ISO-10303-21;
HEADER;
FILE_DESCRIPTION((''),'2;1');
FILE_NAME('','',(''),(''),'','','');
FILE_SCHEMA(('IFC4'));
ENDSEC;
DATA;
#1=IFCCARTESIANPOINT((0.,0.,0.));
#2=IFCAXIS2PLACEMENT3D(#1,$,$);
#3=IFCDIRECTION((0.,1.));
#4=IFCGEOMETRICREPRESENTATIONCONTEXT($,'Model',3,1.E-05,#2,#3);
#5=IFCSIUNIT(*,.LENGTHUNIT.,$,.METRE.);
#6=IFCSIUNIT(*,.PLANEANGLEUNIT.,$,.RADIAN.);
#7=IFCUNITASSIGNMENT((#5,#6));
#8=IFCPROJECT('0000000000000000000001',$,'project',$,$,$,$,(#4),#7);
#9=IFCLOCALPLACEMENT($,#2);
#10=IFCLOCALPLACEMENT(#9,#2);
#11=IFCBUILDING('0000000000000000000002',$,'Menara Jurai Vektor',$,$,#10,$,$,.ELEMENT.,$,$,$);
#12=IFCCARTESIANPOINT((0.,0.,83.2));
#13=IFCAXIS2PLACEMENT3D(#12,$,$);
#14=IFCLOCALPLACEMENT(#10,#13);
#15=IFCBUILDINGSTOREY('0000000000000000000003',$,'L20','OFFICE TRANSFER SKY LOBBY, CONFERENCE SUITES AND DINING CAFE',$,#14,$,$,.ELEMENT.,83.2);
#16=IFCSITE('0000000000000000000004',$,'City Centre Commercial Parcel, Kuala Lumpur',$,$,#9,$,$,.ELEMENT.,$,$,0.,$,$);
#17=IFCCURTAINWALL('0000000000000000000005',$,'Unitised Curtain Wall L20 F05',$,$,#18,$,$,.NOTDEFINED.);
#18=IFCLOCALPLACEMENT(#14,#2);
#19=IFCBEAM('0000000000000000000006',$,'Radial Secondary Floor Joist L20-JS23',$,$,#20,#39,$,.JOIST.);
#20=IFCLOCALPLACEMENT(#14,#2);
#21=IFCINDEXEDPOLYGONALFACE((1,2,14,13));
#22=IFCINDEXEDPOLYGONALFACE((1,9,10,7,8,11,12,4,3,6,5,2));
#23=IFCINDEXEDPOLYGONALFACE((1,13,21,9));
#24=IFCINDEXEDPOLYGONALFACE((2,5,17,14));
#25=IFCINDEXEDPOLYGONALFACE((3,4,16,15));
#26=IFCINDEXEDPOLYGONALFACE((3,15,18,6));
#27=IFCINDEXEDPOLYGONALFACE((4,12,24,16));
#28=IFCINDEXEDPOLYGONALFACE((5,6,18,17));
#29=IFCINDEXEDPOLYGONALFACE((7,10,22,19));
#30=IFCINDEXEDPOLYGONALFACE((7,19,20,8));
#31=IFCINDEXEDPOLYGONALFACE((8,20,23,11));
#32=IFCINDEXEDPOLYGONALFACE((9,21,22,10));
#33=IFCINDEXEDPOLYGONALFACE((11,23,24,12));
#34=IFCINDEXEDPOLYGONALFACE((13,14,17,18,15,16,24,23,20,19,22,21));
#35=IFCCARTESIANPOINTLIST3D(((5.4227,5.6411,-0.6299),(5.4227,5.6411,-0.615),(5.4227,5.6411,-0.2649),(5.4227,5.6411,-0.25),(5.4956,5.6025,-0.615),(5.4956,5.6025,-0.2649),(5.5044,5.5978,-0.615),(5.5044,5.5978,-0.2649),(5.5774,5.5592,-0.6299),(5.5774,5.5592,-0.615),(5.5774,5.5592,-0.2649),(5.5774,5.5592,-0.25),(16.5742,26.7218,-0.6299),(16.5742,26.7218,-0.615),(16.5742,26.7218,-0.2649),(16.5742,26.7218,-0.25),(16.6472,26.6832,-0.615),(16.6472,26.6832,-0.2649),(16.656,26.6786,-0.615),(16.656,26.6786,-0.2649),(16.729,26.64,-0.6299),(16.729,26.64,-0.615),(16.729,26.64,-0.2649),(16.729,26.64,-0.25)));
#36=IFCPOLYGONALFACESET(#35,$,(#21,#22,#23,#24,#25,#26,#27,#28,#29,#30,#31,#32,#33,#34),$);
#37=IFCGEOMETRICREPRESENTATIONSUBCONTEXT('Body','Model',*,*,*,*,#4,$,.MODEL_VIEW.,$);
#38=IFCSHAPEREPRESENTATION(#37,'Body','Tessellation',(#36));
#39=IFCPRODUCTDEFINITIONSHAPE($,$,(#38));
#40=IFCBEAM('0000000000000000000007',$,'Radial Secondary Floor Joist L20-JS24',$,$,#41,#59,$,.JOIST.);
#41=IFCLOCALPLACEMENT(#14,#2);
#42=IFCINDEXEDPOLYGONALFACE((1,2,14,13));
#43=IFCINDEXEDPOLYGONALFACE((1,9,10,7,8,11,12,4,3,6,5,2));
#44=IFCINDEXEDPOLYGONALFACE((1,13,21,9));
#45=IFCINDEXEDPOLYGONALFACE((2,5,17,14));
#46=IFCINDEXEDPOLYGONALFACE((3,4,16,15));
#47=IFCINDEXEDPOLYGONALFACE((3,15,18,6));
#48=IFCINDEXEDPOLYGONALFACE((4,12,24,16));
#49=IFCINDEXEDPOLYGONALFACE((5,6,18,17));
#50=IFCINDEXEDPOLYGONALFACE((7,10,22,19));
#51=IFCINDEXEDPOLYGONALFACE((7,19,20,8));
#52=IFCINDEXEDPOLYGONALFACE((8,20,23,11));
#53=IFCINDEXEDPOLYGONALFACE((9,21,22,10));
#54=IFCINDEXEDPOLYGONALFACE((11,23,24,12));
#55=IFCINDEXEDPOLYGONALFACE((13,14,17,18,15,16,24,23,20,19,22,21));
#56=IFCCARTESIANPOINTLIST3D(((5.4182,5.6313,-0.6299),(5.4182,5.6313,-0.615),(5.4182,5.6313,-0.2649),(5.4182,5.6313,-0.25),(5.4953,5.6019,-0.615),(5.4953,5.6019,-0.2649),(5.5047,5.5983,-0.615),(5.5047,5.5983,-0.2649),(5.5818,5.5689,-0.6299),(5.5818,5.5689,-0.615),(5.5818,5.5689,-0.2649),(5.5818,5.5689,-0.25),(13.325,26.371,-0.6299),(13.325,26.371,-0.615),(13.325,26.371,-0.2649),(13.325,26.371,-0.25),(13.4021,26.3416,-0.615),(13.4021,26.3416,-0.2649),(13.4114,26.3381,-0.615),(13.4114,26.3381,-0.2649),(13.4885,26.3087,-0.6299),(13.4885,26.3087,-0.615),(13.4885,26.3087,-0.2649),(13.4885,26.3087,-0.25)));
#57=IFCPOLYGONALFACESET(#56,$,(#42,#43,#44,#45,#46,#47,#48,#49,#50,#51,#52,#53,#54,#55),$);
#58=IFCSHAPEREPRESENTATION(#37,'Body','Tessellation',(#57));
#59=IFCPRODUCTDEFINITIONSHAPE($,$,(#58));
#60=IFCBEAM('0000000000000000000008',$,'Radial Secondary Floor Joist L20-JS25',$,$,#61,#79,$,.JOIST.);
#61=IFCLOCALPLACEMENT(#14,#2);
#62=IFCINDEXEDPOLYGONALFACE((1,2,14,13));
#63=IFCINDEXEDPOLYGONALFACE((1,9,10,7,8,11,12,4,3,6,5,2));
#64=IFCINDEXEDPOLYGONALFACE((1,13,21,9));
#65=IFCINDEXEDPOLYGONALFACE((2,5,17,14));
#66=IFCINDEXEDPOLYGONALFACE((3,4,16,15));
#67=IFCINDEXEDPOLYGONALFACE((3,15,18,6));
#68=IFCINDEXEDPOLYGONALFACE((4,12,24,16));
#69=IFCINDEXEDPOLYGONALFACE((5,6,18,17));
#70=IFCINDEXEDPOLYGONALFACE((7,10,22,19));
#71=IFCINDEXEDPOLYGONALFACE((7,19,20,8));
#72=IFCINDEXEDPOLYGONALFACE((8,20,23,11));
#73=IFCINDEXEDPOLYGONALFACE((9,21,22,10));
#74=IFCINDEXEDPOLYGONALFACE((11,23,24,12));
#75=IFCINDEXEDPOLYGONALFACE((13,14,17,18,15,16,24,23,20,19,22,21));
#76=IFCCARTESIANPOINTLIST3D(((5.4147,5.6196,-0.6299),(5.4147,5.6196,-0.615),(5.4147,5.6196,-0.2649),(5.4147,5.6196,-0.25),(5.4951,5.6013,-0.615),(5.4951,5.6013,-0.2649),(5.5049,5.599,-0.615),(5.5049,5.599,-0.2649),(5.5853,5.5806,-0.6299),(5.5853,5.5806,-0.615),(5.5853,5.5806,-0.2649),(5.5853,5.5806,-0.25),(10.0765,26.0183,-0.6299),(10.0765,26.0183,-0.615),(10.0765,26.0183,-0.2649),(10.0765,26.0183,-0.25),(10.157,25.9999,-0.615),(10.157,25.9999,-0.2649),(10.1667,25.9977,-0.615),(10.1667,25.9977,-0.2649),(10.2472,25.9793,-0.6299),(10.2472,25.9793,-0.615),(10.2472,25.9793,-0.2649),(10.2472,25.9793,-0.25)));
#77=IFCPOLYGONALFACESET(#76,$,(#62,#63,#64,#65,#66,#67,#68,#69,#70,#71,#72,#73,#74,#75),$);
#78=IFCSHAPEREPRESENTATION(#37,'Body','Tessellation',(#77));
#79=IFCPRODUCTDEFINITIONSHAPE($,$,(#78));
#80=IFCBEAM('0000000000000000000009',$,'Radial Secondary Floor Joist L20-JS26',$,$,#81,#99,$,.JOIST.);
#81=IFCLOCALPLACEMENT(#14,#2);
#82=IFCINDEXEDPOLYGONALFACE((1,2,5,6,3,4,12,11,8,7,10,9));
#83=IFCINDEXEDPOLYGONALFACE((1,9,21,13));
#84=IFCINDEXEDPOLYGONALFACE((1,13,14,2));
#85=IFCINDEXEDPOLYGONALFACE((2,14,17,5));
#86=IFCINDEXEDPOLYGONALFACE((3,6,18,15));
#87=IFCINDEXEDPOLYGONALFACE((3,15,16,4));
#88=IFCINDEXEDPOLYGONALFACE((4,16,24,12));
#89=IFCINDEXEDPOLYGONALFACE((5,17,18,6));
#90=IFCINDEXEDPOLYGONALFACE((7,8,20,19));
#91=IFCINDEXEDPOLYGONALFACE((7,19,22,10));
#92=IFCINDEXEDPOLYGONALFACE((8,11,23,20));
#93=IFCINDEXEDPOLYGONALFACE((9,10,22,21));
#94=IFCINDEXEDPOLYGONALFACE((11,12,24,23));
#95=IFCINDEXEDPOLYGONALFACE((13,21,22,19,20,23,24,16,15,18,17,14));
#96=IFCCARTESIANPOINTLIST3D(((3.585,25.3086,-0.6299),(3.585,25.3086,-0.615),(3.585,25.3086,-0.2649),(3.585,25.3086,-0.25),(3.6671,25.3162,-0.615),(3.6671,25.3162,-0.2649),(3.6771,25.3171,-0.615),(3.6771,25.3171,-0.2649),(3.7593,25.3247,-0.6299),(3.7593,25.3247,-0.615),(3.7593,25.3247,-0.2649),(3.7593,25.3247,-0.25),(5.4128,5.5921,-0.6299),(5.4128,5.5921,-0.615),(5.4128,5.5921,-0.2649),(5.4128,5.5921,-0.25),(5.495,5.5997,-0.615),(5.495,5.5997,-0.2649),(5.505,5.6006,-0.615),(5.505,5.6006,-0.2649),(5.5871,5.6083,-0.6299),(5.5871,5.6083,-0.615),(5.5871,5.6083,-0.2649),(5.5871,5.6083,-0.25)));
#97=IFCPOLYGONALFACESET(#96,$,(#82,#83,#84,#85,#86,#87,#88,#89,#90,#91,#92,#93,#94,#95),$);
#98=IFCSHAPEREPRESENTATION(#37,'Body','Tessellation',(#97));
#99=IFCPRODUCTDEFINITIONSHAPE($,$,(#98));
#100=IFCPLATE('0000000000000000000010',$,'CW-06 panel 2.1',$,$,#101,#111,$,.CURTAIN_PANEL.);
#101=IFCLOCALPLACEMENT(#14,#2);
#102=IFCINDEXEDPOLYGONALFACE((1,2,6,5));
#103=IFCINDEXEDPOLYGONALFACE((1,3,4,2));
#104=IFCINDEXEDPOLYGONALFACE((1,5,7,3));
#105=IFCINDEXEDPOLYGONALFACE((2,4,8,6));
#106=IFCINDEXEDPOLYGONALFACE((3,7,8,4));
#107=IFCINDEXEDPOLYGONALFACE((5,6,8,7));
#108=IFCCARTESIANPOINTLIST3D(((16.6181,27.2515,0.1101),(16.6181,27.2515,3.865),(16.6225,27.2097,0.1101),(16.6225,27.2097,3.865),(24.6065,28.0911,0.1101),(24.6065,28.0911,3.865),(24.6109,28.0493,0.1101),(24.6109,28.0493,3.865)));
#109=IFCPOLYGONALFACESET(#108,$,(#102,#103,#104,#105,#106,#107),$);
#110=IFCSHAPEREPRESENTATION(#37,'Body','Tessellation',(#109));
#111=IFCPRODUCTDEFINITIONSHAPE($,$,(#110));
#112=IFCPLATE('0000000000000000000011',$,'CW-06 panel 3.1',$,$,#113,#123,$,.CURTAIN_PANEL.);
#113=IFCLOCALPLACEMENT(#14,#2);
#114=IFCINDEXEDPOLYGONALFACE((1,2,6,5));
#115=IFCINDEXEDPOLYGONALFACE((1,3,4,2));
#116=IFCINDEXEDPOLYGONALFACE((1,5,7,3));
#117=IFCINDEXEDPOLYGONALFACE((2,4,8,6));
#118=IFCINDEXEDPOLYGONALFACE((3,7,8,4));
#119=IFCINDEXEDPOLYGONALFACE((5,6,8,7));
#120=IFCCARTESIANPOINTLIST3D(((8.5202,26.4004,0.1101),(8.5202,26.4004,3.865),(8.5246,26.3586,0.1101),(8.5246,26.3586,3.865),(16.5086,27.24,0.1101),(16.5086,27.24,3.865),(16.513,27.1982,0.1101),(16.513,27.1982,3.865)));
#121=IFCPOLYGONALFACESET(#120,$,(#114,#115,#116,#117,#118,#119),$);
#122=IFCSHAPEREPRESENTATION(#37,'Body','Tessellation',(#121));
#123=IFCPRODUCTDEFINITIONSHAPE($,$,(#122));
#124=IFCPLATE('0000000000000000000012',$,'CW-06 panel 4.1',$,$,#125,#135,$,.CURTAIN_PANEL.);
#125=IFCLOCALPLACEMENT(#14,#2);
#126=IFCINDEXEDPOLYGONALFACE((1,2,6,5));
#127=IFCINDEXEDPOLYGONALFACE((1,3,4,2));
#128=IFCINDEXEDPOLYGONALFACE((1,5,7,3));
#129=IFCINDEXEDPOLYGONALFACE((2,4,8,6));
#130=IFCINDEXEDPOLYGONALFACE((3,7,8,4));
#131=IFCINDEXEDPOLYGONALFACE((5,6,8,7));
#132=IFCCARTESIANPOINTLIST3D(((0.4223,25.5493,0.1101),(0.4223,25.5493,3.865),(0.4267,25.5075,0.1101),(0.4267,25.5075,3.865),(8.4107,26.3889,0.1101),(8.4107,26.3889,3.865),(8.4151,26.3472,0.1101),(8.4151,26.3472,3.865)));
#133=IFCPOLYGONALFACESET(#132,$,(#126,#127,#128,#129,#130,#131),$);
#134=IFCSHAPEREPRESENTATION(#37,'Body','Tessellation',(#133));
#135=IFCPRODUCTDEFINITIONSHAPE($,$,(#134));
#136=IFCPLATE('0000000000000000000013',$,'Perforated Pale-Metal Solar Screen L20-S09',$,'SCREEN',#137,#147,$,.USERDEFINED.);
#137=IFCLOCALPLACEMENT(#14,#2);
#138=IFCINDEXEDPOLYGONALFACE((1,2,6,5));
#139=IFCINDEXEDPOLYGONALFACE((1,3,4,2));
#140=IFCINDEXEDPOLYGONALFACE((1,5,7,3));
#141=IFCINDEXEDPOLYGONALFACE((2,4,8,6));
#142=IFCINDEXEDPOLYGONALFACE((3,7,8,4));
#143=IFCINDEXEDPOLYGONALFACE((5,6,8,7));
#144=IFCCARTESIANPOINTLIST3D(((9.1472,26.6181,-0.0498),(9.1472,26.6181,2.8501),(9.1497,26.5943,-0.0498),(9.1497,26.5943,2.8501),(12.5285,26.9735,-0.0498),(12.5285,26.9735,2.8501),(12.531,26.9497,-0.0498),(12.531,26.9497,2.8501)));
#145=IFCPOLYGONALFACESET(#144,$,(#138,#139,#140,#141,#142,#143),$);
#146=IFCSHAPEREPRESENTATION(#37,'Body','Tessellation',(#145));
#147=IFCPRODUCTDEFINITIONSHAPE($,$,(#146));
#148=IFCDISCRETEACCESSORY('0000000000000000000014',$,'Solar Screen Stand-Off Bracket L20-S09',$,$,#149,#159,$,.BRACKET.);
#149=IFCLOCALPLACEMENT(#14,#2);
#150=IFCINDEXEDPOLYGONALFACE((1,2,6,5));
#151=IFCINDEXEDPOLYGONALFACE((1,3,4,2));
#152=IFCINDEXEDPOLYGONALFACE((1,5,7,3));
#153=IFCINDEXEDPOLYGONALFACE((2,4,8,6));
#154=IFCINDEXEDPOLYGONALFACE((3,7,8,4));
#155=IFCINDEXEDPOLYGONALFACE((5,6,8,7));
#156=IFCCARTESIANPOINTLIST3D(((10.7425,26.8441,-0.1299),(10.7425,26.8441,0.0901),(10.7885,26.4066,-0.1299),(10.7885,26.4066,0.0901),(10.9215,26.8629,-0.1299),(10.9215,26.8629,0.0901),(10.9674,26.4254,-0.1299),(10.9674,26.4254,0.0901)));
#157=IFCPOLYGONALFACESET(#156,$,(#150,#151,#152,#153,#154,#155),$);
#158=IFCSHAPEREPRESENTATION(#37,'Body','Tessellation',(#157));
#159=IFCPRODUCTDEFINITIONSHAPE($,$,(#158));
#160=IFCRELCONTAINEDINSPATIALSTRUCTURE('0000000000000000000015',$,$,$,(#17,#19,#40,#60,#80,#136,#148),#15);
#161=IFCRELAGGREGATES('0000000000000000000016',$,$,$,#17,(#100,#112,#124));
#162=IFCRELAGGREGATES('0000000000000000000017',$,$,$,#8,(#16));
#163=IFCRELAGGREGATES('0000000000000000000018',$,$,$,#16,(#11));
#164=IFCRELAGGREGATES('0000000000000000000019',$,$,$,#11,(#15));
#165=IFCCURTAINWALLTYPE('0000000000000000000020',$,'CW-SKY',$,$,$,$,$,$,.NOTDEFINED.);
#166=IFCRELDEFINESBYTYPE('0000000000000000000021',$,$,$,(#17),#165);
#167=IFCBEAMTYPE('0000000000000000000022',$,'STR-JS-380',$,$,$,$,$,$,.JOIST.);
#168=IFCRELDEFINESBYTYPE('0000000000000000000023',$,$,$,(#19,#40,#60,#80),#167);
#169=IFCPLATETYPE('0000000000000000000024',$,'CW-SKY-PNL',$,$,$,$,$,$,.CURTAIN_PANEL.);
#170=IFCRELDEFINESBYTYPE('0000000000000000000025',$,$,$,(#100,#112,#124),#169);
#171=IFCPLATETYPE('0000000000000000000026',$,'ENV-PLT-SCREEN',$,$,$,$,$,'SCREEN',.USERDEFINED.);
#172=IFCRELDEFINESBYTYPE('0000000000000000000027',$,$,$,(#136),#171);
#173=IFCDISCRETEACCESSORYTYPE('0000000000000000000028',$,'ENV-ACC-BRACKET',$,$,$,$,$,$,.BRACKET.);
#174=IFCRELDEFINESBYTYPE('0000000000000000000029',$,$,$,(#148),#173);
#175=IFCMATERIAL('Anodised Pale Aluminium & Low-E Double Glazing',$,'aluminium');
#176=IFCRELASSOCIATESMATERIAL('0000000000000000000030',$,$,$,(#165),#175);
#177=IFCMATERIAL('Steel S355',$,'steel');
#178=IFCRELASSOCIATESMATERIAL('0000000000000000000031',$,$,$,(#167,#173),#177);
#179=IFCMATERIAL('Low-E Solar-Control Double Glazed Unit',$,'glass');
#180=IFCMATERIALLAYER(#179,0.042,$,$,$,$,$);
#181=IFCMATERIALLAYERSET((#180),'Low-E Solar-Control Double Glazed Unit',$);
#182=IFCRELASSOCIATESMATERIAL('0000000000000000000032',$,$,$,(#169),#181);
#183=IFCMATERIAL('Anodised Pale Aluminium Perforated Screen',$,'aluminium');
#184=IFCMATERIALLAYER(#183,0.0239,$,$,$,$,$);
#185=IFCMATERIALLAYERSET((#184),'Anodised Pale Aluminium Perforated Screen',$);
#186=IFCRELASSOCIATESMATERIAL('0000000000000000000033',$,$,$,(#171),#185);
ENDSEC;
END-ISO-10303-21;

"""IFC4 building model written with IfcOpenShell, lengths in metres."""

from ifc_helpers import new_model, si_unit, direction, frame, origin, origin_2d, place, context, subcontext, project, spatial, rectangle, i_section, extrude, material, layer, layer_set, material_profile, profile_set, type_object, element, aggregate, save


model = new_model("IFC4")

# Units and contexts
model_context = context("Model", 3, precision=1e-05, world=origin(), true_north=direction((0.0, 1.0)))
body_context = subcontext(model_context, "Body", "Model", "MODEL_VIEW")
ifc_project = project(units=[si_unit("LENGTHUNIT", "METRE"), si_unit("PLANEANGLEUNIT", "RADIAN")], contexts=[model_context])

# Site, building, storey
site_placement = place(None, origin())
site = spatial("IfcSite", under=ifc_project, at=site_placement, Name="City Centre Commercial Parcel, Kuala Lumpur", CompositionType="ELEMENT", RefElevation=0.0)
building_placement = place(site_placement, origin())
building = spatial("IfcBuilding", under=site, at=building_placement, Name="Menara Jurai Vektor", CompositionType="ELEMENT")
storey_placement = place(building_placement, frame((0.0, 0.0, 83.2)))
storey = spatial("IfcBuildingStorey", under=building, at=storey_placement, Name="L20", Description="OFFICE TRANSFER SKY LOBBY, CONFERENCE SUITES AND DINING CAFE", CompositionType="ELEMENT", Elevation=83.2)

# Curtain wall
ifc_material_1 = material(Name="Anodised Pale Aluminium & Low-E Double Glazing", Category="aluminium")
curtain_wall_type = type_object("IfcCurtainWallType", Name="CW-SKY", PredefinedType="NOTDEFINED", material=ifc_material_1)
curtain_wall_placement = place(storey_placement, origin())
curtain_wall = element("IfcCurtainWall", 1, at=curtain_wall_placement, inside=storey, type_object=curtain_wall_type, Name="Unitised Curtain Wall L20 F05", PredefinedType="NOTDEFINED")

# Beams
ifc_material_2 = material(Name="Steel S355", Category="steel")
ifc_material_profile_1 = material_profile(ifc_material_2, i_section(OverallWidth=0.175, OverallDepth=0.3799, WebThickness=0.01, FlangeThickness=0.0149, at=origin_2d()), Name="PG 380x175x58")
ifc_profile_set_1 = profile_set([ifc_material_profile_1], Name="Steel S355")
beam_type_1 = type_object("IfcBeamType", Name="STR-JS-380", PredefinedType="JOIST", material=ifc_profile_set_1)
beam_1_placement = place(storey_placement, frame((16.6516, 26.6809, -0.4399), z_axis=(-0.467599, -0.883941, 0.0), x_axis=(0.883941, -0.467599, 0.0)))
element("IfcBeam", 2, at=beam_1_placement, inside=storey, type_object=beam_type_1, Name="Radial Secondary Floor Joist L20-JS23", PredefinedType="JOIST", context=body_context, shape_type="SweptSolid", body=[
    extrude(i_section(OverallWidth=0.175, OverallDepth=0.3799, WebThickness=0.01, FlangeThickness=0.0149, at=origin_2d()), origin(), (0.0, 0.0, 1.0), 23.8486),
])
beam_2_placement = place(storey_placement, frame((13.4067, 26.3398, -0.4399), z_axis=(-0.356227, -0.9344, 0.0), x_axis=(0.9344, -0.356227, 0.0)))
element("IfcBeam", 3, at=beam_2_placement, inside=storey, type_object=beam_type_1, Name="Radial Secondary Floor Joist L20-JS24", PredefinedType="JOIST", context=body_context, shape_type="SweptSolid", body=[
    extrude(i_section(OverallWidth=0.175, OverallDepth=0.3799, WebThickness=0.01, FlangeThickness=0.0149, at=origin_2d()), origin(), (0.0, 0.0, 1.0), 22.1958),
])
beam_3_placement = place(storey_placement, frame((10.1619, 25.9988, -0.4399), z_axis=(-0.222793, -0.974866, 0.0), x_axis=(0.974866, -0.222793, 0.0)))
element("IfcBeam", 4, at=beam_3_placement, inside=storey, type_object=beam_type_1, Name="Radial Secondary Floor Joist L20-JS25", PredefinedType="JOIST", context=body_context, shape_type="SweptSolid", body=[
    extrude(i_section(OverallWidth=0.175, OverallDepth=0.3799, WebThickness=0.01, FlangeThickness=0.0149, at=origin_2d()), origin(), (0.0, 0.0, 1.0), 20.9246),
])
beam_4_placement = place(storey_placement, frame((3.6721, 25.3167, -0.4399), z_axis=(0.092312, -0.99573, 0.0), x_axis=(0.99573, 0.092312, 0.0)))
element("IfcBeam", 5, at=beam_4_placement, inside=storey, type_object=beam_type_1, Name="Radial Secondary Floor Joist L20-JS26", PredefinedType="JOIST", context=body_context, shape_type="SweptSolid", body=[
    extrude(i_section(OverallWidth=0.175, OverallDepth=0.3799, WebThickness=0.01, FlangeThickness=0.0149, at=origin_2d()), origin(), (0.0, 0.0, 1.0), 19.801),
])

# Plates
ifc_material_3 = material(Name="Low-E Solar-Control Double Glazed Unit", Category="glass")
ifc_layer_1 = layer(ifc_material_3, 0.042)
ifc_layer_set_1 = layer_set([ifc_layer_1], Name="Low-E Solar-Control Double Glazed Unit")
plate_type_1 = type_object("IfcPlateType", Name="CW-SKY-PNL", PredefinedType="CURTAIN_PANEL", material=ifc_layer_set_1)
plate_1_placement = place(storey_placement, frame((20.6145, 27.6504, 0.1101), z_axis=(0.0, 0.0, 1.0), x_axis=(-0.994522, -0.104529, 0.0)))
plate_1 = element("IfcPlate", 6, at=plate_1_placement, type_object=plate_type_1, Name="CW-06 panel 2.1", PredefinedType="CURTAIN_PANEL", context=body_context, shape_type="SweptSolid", body=[
    extrude(rectangle(XDim=8.0325, YDim=0.042, at=origin_2d()), origin(), (0.0, 0.0, 1.0), 3.7549),
])
plate_2_placement = place(storey_placement, frame((12.5166, 26.7993, 0.1101), z_axis=(0.0, 0.0, 1.0), x_axis=(-0.994522, -0.104529, 0.0)))
plate_2 = element("IfcPlate", 7, at=plate_2_placement, type_object=plate_type_1, Name="CW-06 panel 3.1", PredefinedType="CURTAIN_PANEL", context=body_context, shape_type="SweptSolid", body=[
    extrude(rectangle(XDim=8.0325, YDim=0.042, at=origin_2d()), origin(), (0.0, 0.0, 1.0), 3.7549),
])
plate_3_placement = place(storey_placement, frame((4.4187, 25.9482, 0.1101), z_axis=(0.0, 0.0, 1.0), x_axis=(-0.994522, -0.104529, 0.0)))
plate_3 = element("IfcPlate", 8, at=plate_3_placement, type_object=plate_type_1, Name="CW-06 panel 4.1", PredefinedType="CURTAIN_PANEL", context=body_context, shape_type="SweptSolid", body=[
    extrude(rectangle(XDim=8.0325, YDim=0.042, at=origin_2d()), origin(), (0.0, 0.0, 1.0), 3.7549),
])
aggregate(curtain_wall, [plate_1, plate_2, plate_3])
ifc_material_4 = material(Name="Anodised Pale Aluminium Perforated Screen", Category="aluminium")
ifc_layer_2 = layer(ifc_material_4, 0.0239)
ifc_layer_set_2 = layer_set([ifc_layer_2], Name="Anodised Pale Aluminium Perforated Screen")
plate_type_2 = type_object("IfcPlateType", Name="ENV-PLT-SCREEN", ElementType="SCREEN", PredefinedType="USERDEFINED", material=ifc_layer_set_2)
plate_4_placement = place(storey_placement, frame((10.8391, 26.7839, -0.0498), z_axis=(0.0, 0.0, 1.0), x_axis=(-0.994522, -0.104528, 0.0)))
element("IfcPlate", 9, at=plate_4_placement, inside=storey, type_object=plate_type_2, Name="Perforated Pale-Metal Solar Screen L20-S09", ObjectType="SCREEN", PredefinedType="USERDEFINED", context=body_context, shape_type="SweptSolid", body=[
    extrude(rectangle(XDim=3.3999, YDim=0.0239, at=origin_2d()), origin(), (0.0, 0.0, 1.0), 2.8999),
])

# Discrete accessory
discrete_accessory_type = type_object("IfcDiscreteAccessoryType", Name="ENV-ACC-BRACKET", PredefinedType="BRACKET", material=ifc_material_2)
discrete_accessory_placement = place(storey_placement, frame((10.855, 26.6348, -0.1299), z_axis=(0.0, 0.0, 1.0), x_axis=(-0.994522, -0.104528, 0.0)))
element("IfcDiscreteAccessory", 10, at=discrete_accessory_placement, inside=storey, type_object=discrete_accessory_type, Name="Solar Screen Stand-Off Bracket L20-S09", PredefinedType="BRACKET", context=body_context, shape_type="SweptSolid", body=[
    extrude(rectangle(XDim=0.1799, YDim=0.4399, at=origin_2d()), origin(), (0.0, 0.0, 1.0), 0.22),
])

save(model, "model.ifc")
